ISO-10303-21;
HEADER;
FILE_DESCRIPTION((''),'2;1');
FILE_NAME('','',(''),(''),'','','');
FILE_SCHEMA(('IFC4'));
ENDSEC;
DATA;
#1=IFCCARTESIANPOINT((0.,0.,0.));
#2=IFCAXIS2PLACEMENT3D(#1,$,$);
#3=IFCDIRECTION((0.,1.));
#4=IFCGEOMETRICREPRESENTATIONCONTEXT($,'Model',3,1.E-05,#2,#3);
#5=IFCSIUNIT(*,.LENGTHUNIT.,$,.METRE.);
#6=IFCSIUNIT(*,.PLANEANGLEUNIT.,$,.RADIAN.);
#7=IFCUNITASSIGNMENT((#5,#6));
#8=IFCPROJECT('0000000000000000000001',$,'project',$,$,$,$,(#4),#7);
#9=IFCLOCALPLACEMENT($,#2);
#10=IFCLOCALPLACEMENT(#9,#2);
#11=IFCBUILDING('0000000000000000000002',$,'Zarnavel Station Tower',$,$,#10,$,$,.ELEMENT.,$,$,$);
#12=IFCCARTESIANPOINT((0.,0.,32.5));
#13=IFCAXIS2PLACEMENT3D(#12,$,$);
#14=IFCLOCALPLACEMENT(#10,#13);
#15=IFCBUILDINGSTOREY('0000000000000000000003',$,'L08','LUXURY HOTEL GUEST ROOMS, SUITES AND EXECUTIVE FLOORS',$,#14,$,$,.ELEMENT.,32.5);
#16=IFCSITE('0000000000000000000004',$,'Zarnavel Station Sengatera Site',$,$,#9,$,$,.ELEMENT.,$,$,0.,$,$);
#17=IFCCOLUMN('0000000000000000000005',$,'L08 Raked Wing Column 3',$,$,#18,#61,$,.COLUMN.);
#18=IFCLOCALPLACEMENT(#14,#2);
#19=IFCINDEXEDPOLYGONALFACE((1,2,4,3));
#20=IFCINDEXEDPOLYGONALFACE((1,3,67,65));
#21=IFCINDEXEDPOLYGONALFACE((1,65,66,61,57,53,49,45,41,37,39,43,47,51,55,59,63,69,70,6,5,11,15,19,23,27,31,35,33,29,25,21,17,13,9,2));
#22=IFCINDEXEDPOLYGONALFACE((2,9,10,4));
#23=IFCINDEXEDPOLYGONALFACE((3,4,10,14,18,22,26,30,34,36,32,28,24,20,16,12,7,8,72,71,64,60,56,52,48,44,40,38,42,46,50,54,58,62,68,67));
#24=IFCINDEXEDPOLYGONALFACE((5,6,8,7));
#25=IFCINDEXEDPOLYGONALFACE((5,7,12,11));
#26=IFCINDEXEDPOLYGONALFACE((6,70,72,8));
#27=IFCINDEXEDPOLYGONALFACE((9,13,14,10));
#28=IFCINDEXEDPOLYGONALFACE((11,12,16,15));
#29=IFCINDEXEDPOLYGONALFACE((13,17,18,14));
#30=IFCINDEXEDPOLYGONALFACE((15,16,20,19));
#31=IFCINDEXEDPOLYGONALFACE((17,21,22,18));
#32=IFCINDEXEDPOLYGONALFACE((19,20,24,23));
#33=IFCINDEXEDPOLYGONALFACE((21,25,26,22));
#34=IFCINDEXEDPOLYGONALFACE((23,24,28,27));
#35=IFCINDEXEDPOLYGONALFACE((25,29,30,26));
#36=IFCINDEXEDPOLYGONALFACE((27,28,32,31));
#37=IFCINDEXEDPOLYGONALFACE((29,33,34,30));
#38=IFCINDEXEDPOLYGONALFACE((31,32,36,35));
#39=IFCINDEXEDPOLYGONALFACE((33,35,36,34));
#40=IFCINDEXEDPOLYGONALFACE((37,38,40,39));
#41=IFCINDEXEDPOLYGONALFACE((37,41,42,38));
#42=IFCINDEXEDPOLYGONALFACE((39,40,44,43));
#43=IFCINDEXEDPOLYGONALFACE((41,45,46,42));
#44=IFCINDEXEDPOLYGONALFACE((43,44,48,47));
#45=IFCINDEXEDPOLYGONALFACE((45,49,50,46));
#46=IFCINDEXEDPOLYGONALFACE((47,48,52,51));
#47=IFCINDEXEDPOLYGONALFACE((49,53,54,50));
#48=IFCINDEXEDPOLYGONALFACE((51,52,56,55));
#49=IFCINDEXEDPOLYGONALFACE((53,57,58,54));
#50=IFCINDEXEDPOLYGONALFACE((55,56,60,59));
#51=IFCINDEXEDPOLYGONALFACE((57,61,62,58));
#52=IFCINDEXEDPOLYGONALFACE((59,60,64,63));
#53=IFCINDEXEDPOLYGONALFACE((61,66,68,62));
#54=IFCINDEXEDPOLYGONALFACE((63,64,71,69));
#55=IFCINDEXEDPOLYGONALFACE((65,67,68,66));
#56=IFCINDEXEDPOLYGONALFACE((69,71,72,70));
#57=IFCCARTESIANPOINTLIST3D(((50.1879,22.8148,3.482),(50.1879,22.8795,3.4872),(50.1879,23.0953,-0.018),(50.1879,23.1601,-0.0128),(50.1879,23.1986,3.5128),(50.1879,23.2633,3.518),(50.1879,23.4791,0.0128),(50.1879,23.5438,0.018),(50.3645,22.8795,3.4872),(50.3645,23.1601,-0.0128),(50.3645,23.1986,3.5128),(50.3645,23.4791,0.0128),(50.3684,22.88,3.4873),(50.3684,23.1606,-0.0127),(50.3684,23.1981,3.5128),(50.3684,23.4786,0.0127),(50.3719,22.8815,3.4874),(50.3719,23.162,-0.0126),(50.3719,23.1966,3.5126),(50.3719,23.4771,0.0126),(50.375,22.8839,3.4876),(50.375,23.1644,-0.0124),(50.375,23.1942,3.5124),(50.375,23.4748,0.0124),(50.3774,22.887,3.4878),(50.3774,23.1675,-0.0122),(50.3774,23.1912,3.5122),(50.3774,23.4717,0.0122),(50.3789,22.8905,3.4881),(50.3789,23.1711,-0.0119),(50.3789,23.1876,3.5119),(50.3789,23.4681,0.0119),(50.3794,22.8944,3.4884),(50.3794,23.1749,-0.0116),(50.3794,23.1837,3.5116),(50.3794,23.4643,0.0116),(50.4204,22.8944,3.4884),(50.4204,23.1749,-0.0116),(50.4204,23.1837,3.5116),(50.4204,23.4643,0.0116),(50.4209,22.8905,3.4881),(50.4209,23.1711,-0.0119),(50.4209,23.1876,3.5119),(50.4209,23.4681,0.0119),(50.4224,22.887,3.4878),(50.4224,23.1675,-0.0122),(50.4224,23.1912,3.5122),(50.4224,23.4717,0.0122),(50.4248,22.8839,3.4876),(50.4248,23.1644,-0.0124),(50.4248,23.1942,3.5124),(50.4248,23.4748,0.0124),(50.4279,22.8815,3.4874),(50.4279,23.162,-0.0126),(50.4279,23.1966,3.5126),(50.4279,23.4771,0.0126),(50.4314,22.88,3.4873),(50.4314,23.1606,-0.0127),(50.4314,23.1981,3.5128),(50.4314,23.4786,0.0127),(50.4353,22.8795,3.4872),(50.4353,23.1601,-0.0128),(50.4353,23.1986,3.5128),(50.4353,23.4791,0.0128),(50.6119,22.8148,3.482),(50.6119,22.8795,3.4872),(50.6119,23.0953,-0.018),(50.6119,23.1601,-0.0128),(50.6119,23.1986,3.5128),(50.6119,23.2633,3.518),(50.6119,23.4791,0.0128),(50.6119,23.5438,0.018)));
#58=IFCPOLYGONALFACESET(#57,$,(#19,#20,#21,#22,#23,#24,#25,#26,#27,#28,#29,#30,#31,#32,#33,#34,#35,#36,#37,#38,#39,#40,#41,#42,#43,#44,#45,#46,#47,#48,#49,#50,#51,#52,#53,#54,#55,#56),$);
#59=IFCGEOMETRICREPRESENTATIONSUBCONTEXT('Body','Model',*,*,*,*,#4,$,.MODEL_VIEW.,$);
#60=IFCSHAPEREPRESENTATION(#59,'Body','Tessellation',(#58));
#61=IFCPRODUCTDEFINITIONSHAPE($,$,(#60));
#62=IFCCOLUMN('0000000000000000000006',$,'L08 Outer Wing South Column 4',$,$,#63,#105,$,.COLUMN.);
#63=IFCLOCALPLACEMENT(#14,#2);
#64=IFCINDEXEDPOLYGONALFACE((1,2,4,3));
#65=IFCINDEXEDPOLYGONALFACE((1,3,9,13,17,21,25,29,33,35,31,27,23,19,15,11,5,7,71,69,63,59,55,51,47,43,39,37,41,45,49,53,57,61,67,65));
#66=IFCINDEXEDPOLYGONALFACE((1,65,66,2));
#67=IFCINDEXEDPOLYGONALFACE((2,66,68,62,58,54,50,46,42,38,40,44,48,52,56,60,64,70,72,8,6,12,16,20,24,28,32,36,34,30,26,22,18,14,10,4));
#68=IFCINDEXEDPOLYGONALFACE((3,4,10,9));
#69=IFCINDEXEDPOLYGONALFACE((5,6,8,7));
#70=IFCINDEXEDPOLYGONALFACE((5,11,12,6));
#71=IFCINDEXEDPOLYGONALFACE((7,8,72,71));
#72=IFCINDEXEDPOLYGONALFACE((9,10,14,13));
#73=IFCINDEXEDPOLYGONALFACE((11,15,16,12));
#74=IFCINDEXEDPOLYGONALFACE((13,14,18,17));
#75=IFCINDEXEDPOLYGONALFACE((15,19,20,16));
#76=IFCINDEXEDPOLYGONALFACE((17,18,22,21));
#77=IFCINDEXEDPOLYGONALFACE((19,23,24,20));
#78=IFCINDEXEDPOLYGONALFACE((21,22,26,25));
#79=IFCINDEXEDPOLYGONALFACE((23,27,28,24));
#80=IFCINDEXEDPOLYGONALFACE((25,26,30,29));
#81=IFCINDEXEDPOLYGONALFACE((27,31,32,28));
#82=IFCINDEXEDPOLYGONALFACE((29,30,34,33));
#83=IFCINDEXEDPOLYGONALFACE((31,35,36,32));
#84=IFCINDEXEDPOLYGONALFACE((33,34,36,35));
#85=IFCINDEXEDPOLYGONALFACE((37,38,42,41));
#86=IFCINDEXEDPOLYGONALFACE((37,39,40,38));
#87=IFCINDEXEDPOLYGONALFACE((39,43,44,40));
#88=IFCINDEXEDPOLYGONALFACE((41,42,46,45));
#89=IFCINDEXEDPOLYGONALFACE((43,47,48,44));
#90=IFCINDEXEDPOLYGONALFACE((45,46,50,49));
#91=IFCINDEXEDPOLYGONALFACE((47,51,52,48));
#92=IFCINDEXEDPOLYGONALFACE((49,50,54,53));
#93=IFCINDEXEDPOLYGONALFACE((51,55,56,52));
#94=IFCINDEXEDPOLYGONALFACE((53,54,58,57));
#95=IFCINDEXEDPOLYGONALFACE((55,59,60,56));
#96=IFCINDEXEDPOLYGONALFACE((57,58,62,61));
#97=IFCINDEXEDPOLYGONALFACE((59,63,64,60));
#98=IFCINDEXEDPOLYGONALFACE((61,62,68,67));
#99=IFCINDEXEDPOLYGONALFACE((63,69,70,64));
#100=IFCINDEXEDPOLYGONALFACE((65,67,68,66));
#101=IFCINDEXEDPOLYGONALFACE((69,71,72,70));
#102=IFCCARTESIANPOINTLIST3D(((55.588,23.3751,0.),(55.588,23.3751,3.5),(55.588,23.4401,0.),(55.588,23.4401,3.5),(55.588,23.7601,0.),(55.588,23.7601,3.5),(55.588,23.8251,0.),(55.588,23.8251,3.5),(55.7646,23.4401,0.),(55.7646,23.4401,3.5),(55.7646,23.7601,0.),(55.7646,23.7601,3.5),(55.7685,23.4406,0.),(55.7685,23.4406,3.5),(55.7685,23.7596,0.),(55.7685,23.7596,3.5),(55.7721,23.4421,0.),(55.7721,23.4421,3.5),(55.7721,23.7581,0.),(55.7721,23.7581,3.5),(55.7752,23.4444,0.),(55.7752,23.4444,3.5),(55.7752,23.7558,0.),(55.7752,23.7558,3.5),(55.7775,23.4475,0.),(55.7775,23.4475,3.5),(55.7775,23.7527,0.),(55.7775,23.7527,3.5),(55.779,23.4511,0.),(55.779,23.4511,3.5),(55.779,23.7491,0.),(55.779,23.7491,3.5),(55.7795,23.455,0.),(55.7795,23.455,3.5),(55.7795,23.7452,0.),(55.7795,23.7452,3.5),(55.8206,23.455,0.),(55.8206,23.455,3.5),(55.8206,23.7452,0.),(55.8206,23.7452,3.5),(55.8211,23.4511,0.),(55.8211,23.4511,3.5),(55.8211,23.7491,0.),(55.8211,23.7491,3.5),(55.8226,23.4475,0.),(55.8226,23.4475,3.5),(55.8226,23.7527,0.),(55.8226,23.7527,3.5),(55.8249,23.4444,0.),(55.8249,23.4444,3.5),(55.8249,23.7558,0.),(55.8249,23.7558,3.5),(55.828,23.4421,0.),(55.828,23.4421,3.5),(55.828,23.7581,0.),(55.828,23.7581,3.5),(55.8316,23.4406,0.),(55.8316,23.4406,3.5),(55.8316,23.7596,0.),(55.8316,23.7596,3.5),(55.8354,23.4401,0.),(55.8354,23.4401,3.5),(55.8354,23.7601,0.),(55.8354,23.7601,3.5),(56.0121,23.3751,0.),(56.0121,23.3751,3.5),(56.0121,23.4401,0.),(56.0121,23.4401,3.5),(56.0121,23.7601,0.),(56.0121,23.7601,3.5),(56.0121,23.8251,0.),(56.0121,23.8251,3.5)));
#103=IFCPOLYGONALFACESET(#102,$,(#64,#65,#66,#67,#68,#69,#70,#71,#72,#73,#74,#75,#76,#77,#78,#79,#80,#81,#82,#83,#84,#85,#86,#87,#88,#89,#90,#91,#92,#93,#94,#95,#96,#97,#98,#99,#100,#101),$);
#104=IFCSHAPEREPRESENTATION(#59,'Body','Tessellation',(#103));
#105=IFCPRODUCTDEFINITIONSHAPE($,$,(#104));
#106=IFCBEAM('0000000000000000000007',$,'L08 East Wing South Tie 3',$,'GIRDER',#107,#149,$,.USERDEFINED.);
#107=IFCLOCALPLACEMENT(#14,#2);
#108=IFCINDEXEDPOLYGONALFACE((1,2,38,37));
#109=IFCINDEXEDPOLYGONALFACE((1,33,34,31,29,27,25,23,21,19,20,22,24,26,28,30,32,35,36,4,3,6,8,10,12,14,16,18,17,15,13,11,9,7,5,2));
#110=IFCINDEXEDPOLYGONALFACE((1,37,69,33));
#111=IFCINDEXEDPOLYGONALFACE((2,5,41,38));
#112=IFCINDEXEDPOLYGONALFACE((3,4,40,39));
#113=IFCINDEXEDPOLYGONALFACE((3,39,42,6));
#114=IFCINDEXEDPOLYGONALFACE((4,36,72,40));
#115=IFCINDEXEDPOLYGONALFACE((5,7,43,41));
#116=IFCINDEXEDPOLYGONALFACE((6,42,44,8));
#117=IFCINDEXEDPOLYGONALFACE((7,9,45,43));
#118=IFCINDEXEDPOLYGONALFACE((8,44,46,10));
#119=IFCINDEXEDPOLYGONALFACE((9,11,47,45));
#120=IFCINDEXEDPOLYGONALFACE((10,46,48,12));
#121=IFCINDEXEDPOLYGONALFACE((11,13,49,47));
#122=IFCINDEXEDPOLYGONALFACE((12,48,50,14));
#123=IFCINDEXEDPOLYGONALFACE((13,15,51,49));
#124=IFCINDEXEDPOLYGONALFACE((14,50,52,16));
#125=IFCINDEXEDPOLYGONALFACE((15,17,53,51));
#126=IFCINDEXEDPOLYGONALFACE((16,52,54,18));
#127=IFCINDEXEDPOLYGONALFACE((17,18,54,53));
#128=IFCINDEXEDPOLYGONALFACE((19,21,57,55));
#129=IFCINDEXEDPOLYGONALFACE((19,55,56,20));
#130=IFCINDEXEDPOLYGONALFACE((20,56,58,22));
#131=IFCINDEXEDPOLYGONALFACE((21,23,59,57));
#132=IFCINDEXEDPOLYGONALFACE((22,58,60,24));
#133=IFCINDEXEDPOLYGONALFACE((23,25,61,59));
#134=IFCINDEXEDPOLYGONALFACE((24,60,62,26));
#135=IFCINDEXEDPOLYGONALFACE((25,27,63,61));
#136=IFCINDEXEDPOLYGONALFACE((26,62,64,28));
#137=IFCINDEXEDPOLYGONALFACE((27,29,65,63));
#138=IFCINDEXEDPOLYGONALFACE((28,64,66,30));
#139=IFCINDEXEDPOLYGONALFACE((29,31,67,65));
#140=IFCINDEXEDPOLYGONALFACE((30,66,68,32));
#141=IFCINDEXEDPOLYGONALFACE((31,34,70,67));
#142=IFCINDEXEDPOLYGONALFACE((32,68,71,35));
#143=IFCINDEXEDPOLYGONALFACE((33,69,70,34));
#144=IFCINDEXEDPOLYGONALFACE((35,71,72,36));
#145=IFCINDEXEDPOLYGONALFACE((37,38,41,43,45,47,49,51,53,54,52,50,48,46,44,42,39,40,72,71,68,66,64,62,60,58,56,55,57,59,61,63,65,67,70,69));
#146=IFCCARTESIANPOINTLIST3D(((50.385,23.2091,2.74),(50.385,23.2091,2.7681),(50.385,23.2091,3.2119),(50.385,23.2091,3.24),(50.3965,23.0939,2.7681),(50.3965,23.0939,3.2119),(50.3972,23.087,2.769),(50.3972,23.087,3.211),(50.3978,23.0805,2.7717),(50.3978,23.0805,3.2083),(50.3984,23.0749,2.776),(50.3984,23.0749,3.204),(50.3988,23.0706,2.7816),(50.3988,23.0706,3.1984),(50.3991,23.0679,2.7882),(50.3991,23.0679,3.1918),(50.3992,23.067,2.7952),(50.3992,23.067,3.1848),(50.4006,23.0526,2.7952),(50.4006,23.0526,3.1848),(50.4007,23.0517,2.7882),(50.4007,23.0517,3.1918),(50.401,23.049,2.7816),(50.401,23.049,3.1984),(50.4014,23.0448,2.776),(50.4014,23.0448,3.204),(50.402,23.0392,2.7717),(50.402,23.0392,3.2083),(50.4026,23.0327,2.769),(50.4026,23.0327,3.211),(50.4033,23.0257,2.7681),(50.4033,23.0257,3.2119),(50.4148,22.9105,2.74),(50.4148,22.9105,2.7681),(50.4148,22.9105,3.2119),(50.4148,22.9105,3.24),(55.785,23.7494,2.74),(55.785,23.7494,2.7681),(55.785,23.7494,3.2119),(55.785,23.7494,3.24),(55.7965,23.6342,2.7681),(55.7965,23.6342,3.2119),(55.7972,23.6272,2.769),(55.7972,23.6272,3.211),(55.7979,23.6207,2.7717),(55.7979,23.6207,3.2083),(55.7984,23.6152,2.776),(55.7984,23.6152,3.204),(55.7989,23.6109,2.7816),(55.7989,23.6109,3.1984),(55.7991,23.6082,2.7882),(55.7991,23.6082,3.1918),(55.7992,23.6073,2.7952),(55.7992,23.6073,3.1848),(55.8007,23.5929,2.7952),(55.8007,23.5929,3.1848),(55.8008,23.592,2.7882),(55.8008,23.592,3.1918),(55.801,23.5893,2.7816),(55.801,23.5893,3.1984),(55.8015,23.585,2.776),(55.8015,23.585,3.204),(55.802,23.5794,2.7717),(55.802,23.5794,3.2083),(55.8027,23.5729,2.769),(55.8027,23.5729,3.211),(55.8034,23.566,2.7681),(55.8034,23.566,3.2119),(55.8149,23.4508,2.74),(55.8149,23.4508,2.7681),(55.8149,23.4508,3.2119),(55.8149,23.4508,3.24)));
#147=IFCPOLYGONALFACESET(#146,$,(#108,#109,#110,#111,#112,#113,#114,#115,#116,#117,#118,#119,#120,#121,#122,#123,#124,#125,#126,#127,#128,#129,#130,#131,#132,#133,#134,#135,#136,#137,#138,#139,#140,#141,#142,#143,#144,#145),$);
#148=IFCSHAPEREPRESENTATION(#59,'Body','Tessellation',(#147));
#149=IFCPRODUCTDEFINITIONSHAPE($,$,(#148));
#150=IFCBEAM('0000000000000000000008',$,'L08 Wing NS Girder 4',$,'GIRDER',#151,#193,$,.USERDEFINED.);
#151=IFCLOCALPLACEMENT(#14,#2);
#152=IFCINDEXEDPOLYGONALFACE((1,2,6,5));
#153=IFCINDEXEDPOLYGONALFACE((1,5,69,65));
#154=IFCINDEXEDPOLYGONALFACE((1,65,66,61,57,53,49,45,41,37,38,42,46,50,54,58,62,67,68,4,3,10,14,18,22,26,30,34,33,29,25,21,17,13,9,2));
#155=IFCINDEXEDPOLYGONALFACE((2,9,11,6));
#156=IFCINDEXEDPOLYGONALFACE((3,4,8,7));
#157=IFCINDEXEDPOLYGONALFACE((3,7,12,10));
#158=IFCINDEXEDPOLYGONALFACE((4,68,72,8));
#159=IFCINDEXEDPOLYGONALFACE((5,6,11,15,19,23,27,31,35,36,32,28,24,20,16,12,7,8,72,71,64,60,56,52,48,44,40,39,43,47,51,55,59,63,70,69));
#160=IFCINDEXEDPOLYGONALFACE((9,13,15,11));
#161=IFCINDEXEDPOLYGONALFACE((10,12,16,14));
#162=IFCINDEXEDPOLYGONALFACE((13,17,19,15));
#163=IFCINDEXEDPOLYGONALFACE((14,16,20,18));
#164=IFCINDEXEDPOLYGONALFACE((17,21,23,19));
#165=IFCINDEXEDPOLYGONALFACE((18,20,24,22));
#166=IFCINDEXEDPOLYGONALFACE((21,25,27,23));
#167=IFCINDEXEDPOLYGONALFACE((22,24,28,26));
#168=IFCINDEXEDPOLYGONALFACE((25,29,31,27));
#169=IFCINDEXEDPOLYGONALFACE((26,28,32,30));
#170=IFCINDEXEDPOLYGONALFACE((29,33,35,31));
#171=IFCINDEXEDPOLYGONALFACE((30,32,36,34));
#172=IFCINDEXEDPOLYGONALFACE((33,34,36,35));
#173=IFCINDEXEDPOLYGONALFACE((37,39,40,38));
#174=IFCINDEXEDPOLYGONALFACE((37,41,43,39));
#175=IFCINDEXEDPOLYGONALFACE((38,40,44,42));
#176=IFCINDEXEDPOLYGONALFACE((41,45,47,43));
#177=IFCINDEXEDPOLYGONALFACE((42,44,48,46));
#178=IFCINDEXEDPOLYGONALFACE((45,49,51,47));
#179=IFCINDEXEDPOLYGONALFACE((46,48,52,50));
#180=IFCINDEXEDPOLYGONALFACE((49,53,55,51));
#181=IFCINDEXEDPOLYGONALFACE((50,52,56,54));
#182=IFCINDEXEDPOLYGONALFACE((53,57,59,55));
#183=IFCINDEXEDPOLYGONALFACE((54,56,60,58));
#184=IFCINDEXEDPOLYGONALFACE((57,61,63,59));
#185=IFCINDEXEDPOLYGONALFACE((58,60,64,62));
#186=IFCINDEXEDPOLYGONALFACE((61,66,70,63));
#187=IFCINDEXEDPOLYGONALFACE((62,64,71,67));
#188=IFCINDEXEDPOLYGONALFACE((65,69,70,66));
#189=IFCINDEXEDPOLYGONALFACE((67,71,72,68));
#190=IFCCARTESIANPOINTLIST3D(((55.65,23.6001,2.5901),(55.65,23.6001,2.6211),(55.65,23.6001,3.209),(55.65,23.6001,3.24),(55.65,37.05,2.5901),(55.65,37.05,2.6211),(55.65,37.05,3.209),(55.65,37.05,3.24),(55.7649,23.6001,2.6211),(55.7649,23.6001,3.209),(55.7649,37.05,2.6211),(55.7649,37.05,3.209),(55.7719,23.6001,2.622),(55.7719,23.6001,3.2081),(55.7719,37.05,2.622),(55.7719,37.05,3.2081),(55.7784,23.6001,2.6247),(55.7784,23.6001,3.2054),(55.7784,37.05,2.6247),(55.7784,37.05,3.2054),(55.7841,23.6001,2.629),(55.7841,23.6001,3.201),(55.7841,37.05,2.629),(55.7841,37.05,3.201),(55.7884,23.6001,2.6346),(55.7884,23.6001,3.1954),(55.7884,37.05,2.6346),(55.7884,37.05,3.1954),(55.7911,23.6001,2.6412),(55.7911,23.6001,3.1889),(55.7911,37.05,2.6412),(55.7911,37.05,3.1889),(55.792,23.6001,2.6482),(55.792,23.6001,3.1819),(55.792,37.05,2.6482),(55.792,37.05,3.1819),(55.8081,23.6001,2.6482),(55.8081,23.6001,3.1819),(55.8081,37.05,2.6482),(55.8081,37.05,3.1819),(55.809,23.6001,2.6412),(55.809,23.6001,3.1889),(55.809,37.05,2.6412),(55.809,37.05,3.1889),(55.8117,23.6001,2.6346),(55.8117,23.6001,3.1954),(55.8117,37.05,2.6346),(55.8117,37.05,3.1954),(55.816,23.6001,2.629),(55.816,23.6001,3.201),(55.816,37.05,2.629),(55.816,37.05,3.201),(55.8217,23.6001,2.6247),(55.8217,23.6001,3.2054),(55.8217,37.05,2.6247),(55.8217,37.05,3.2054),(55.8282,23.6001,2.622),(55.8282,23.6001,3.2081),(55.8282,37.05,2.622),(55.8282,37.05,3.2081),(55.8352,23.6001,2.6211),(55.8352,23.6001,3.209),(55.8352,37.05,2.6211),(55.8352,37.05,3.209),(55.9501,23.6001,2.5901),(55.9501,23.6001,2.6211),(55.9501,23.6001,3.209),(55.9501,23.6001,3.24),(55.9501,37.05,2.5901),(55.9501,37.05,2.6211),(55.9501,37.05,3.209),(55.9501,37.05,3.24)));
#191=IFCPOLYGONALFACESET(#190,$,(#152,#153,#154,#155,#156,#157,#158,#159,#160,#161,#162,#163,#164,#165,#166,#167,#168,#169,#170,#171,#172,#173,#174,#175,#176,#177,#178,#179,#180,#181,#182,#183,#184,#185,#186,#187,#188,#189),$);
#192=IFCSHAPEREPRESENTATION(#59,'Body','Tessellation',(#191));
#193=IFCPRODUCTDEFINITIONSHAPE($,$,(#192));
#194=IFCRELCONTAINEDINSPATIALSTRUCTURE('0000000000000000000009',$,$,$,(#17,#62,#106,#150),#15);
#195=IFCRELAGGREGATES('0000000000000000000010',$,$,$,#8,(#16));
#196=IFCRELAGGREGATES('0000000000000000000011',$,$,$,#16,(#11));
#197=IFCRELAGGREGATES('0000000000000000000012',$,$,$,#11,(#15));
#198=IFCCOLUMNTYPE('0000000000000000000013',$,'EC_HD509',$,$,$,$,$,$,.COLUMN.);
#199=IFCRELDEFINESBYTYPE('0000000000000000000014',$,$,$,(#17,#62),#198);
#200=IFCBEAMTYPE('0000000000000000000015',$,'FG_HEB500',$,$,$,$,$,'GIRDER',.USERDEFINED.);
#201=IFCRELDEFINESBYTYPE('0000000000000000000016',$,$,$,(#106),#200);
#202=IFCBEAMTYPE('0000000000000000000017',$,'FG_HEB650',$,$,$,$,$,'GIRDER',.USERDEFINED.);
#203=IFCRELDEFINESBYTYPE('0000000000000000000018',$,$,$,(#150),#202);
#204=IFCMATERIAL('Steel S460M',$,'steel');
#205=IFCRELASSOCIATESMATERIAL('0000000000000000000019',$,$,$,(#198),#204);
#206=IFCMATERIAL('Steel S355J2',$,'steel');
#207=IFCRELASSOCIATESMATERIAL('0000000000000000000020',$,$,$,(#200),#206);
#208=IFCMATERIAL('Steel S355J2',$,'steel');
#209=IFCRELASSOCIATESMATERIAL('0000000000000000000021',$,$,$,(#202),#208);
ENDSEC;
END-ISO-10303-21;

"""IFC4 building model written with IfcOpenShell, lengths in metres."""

from ifc_helpers import new_model, si_unit, direction, frame, origin, origin_2d, place, context, subcontext, project, spatial, i_section, extrude, material, material_profile, profile_set, type_object, element, save


model = new_model("IFC4")

# Units and contexts
model_context = context("Model", 3, precision=1e-05, world=origin(), true_north=direction((0.0, 1.0)))
body_context = subcontext(model_context, "Body", "Model", "MODEL_VIEW")
ifc_project = project(units=[si_unit("LENGTHUNIT", "METRE"), si_unit("PLANEANGLEUNIT", "RADIAN")], contexts=[model_context])

# Site, building, storey
site_placement = place(None, origin())
site = spatial("IfcSite", under=ifc_project, at=site_placement, Name="Zarnavel Station Sengatera Site", CompositionType="ELEMENT", RefElevation=0.0)
building_placement = place(site_placement, origin())
building = spatial("IfcBuilding", under=site, at=building_placement, Name="Zarnavel Station Tower", CompositionType="ELEMENT")
storey_placement = place(building_placement, frame((0.0, 0.0, 32.5)))
storey = spatial("IfcBuildingStorey", under=building, at=storey_placement, Name="L08", Description="LUXURY HOTEL GUEST ROOMS, SUITES AND EXECUTIVE FLOORS", CompositionType="ELEMENT", Elevation=32.5)

# Columns
ifc_material_1 = material(Name="Steel S460M", Category="steel")
ifc_material_profile_1 = material_profile(ifc_material_1, i_section(OverallWidth=0.4241, OverallDepth=0.45, WebThickness=0.041, FlangeThickness=0.0649, FilletRadius=0.0149, at=origin_2d()), Name="HD400x509")
ifc_profile_set_1 = profile_set([ifc_material_profile_1], Name="Steel S460M")
column_type = type_object("IfcColumnType", Name="EC_HD509", PredefinedType="COLUMN", material=ifc_profile_set_1)
column_1_placement = place(storey_placement, frame((50.3999, 23.3196, 0.0), z_axis=(0.0, -0.079892, 0.996804), x_axis=(1.0, 0.0, 0.0)))
element("IfcColumn", 1, at=column_1_placement, inside=storey, type_object=column_type, Name="L08 Raked Wing Column 3", PredefinedType="COLUMN", context=body_context, shape_type="SweptSolid", body=[
    extrude(i_section(OverallWidth=0.4241, OverallDepth=0.45, WebThickness=0.041, FlangeThickness=0.0649, FilletRadius=0.0149, at=origin_2d()), origin(), (0.0, 0.0, 1.0), 3.5112),
])
column_2_placement = place(storey_placement, frame((55.8, 23.6001, 0.0), z_axis=(0.0, 0.0, 1.0), x_axis=(1.0, 0.0, 0.0)))
element("IfcColumn", 2, at=column_2_placement, inside=storey, type_object=column_type, Name="L08 Outer Wing South Column 4", PredefinedType="COLUMN", context=body_context, shape_type="SweptSolid", body=[
    extrude(i_section(OverallWidth=0.4241, OverallDepth=0.45, WebThickness=0.041, FlangeThickness=0.0649, FilletRadius=0.0149, at=origin_2d()), origin(), (0.0, 0.0, 1.0), 3.5),
])

# Beams
ifc_material_2 = material(Name="Steel S355J2", Category="steel")
ifc_material_profile_2 = material_profile(ifc_material_2, i_section(OverallWidth=0.3, OverallDepth=0.5, WebThickness=0.0144, FlangeThickness=0.0281, FilletRadius=0.0271, at=origin_2d()), Name="HEB500")
ifc_profile_set_2 = profile_set([ifc_material_profile_2], Name="Steel S355J2")
beam_type_1 = type_object("IfcBeamType", Name="FG_HEB500", ElementType="GIRDER", PredefinedType="USERDEFINED", material=ifc_profile_set_2)
beam_1_placement = place(storey_placement, frame((50.3999, 23.0598, 2.99), z_axis=(0.995032, 0.099553, 0.0), x_axis=(-0.099553, 0.995032, 0.0)))
element("IfcBeam", 3, at=beam_1_placement, inside=storey, type_object=beam_type_1, Name="L08 East Wing South Tie 3", ObjectType="GIRDER", PredefinedType="USERDEFINED", context=body_context, shape_type="SweptSolid", body=[
    extrude(i_section(OverallWidth=0.3, OverallDepth=0.5, WebThickness=0.0144, FlangeThickness=0.0281, FilletRadius=0.0271, at=origin_2d()), origin(), (0.0, 0.0, 1.0), 5.427),
])
ifc_material_3 = material(Name="Steel S355J2", Category="steel")
ifc_material_profile_3 = material_profile(ifc_material_3, i_section(OverallWidth=0.3, OverallDepth=0.6499, WebThickness=0.0161, FlangeThickness=0.031, FilletRadius=0.0271, at=origin_2d()), Name="HEB650")
ifc_profile_set_3 = profile_set([ifc_material_profile_3], Name="Steel S355J2")
beam_type_2 = type_object("IfcBeamType", Name="FG_HEB650", ElementType="GIRDER", PredefinedType="USERDEFINED", material=ifc_profile_set_3)
beam_2_placement = place(storey_placement, frame((55.8, 23.6001, 2.915), z_axis=(0.0, 1.0, 0.0), x_axis=(-1.0, 0.0, 0.0)))
element("IfcBeam", 4, at=beam_2_placement, inside=storey, type_object=beam_type_2, Name="L08 Wing NS Girder 4", ObjectType="GIRDER", PredefinedType="USERDEFINED", context=body_context, shape_type="SweptSolid", body=[
    extrude(i_section(OverallWidth=0.3, OverallDepth=0.6499, WebThickness=0.0161, FlangeThickness=0.031, FilletRadius=0.0271, at=origin_2d()), origin(), (0.0, 0.0, 1.0), 13.45),
])

save(model, "model.ifc")
